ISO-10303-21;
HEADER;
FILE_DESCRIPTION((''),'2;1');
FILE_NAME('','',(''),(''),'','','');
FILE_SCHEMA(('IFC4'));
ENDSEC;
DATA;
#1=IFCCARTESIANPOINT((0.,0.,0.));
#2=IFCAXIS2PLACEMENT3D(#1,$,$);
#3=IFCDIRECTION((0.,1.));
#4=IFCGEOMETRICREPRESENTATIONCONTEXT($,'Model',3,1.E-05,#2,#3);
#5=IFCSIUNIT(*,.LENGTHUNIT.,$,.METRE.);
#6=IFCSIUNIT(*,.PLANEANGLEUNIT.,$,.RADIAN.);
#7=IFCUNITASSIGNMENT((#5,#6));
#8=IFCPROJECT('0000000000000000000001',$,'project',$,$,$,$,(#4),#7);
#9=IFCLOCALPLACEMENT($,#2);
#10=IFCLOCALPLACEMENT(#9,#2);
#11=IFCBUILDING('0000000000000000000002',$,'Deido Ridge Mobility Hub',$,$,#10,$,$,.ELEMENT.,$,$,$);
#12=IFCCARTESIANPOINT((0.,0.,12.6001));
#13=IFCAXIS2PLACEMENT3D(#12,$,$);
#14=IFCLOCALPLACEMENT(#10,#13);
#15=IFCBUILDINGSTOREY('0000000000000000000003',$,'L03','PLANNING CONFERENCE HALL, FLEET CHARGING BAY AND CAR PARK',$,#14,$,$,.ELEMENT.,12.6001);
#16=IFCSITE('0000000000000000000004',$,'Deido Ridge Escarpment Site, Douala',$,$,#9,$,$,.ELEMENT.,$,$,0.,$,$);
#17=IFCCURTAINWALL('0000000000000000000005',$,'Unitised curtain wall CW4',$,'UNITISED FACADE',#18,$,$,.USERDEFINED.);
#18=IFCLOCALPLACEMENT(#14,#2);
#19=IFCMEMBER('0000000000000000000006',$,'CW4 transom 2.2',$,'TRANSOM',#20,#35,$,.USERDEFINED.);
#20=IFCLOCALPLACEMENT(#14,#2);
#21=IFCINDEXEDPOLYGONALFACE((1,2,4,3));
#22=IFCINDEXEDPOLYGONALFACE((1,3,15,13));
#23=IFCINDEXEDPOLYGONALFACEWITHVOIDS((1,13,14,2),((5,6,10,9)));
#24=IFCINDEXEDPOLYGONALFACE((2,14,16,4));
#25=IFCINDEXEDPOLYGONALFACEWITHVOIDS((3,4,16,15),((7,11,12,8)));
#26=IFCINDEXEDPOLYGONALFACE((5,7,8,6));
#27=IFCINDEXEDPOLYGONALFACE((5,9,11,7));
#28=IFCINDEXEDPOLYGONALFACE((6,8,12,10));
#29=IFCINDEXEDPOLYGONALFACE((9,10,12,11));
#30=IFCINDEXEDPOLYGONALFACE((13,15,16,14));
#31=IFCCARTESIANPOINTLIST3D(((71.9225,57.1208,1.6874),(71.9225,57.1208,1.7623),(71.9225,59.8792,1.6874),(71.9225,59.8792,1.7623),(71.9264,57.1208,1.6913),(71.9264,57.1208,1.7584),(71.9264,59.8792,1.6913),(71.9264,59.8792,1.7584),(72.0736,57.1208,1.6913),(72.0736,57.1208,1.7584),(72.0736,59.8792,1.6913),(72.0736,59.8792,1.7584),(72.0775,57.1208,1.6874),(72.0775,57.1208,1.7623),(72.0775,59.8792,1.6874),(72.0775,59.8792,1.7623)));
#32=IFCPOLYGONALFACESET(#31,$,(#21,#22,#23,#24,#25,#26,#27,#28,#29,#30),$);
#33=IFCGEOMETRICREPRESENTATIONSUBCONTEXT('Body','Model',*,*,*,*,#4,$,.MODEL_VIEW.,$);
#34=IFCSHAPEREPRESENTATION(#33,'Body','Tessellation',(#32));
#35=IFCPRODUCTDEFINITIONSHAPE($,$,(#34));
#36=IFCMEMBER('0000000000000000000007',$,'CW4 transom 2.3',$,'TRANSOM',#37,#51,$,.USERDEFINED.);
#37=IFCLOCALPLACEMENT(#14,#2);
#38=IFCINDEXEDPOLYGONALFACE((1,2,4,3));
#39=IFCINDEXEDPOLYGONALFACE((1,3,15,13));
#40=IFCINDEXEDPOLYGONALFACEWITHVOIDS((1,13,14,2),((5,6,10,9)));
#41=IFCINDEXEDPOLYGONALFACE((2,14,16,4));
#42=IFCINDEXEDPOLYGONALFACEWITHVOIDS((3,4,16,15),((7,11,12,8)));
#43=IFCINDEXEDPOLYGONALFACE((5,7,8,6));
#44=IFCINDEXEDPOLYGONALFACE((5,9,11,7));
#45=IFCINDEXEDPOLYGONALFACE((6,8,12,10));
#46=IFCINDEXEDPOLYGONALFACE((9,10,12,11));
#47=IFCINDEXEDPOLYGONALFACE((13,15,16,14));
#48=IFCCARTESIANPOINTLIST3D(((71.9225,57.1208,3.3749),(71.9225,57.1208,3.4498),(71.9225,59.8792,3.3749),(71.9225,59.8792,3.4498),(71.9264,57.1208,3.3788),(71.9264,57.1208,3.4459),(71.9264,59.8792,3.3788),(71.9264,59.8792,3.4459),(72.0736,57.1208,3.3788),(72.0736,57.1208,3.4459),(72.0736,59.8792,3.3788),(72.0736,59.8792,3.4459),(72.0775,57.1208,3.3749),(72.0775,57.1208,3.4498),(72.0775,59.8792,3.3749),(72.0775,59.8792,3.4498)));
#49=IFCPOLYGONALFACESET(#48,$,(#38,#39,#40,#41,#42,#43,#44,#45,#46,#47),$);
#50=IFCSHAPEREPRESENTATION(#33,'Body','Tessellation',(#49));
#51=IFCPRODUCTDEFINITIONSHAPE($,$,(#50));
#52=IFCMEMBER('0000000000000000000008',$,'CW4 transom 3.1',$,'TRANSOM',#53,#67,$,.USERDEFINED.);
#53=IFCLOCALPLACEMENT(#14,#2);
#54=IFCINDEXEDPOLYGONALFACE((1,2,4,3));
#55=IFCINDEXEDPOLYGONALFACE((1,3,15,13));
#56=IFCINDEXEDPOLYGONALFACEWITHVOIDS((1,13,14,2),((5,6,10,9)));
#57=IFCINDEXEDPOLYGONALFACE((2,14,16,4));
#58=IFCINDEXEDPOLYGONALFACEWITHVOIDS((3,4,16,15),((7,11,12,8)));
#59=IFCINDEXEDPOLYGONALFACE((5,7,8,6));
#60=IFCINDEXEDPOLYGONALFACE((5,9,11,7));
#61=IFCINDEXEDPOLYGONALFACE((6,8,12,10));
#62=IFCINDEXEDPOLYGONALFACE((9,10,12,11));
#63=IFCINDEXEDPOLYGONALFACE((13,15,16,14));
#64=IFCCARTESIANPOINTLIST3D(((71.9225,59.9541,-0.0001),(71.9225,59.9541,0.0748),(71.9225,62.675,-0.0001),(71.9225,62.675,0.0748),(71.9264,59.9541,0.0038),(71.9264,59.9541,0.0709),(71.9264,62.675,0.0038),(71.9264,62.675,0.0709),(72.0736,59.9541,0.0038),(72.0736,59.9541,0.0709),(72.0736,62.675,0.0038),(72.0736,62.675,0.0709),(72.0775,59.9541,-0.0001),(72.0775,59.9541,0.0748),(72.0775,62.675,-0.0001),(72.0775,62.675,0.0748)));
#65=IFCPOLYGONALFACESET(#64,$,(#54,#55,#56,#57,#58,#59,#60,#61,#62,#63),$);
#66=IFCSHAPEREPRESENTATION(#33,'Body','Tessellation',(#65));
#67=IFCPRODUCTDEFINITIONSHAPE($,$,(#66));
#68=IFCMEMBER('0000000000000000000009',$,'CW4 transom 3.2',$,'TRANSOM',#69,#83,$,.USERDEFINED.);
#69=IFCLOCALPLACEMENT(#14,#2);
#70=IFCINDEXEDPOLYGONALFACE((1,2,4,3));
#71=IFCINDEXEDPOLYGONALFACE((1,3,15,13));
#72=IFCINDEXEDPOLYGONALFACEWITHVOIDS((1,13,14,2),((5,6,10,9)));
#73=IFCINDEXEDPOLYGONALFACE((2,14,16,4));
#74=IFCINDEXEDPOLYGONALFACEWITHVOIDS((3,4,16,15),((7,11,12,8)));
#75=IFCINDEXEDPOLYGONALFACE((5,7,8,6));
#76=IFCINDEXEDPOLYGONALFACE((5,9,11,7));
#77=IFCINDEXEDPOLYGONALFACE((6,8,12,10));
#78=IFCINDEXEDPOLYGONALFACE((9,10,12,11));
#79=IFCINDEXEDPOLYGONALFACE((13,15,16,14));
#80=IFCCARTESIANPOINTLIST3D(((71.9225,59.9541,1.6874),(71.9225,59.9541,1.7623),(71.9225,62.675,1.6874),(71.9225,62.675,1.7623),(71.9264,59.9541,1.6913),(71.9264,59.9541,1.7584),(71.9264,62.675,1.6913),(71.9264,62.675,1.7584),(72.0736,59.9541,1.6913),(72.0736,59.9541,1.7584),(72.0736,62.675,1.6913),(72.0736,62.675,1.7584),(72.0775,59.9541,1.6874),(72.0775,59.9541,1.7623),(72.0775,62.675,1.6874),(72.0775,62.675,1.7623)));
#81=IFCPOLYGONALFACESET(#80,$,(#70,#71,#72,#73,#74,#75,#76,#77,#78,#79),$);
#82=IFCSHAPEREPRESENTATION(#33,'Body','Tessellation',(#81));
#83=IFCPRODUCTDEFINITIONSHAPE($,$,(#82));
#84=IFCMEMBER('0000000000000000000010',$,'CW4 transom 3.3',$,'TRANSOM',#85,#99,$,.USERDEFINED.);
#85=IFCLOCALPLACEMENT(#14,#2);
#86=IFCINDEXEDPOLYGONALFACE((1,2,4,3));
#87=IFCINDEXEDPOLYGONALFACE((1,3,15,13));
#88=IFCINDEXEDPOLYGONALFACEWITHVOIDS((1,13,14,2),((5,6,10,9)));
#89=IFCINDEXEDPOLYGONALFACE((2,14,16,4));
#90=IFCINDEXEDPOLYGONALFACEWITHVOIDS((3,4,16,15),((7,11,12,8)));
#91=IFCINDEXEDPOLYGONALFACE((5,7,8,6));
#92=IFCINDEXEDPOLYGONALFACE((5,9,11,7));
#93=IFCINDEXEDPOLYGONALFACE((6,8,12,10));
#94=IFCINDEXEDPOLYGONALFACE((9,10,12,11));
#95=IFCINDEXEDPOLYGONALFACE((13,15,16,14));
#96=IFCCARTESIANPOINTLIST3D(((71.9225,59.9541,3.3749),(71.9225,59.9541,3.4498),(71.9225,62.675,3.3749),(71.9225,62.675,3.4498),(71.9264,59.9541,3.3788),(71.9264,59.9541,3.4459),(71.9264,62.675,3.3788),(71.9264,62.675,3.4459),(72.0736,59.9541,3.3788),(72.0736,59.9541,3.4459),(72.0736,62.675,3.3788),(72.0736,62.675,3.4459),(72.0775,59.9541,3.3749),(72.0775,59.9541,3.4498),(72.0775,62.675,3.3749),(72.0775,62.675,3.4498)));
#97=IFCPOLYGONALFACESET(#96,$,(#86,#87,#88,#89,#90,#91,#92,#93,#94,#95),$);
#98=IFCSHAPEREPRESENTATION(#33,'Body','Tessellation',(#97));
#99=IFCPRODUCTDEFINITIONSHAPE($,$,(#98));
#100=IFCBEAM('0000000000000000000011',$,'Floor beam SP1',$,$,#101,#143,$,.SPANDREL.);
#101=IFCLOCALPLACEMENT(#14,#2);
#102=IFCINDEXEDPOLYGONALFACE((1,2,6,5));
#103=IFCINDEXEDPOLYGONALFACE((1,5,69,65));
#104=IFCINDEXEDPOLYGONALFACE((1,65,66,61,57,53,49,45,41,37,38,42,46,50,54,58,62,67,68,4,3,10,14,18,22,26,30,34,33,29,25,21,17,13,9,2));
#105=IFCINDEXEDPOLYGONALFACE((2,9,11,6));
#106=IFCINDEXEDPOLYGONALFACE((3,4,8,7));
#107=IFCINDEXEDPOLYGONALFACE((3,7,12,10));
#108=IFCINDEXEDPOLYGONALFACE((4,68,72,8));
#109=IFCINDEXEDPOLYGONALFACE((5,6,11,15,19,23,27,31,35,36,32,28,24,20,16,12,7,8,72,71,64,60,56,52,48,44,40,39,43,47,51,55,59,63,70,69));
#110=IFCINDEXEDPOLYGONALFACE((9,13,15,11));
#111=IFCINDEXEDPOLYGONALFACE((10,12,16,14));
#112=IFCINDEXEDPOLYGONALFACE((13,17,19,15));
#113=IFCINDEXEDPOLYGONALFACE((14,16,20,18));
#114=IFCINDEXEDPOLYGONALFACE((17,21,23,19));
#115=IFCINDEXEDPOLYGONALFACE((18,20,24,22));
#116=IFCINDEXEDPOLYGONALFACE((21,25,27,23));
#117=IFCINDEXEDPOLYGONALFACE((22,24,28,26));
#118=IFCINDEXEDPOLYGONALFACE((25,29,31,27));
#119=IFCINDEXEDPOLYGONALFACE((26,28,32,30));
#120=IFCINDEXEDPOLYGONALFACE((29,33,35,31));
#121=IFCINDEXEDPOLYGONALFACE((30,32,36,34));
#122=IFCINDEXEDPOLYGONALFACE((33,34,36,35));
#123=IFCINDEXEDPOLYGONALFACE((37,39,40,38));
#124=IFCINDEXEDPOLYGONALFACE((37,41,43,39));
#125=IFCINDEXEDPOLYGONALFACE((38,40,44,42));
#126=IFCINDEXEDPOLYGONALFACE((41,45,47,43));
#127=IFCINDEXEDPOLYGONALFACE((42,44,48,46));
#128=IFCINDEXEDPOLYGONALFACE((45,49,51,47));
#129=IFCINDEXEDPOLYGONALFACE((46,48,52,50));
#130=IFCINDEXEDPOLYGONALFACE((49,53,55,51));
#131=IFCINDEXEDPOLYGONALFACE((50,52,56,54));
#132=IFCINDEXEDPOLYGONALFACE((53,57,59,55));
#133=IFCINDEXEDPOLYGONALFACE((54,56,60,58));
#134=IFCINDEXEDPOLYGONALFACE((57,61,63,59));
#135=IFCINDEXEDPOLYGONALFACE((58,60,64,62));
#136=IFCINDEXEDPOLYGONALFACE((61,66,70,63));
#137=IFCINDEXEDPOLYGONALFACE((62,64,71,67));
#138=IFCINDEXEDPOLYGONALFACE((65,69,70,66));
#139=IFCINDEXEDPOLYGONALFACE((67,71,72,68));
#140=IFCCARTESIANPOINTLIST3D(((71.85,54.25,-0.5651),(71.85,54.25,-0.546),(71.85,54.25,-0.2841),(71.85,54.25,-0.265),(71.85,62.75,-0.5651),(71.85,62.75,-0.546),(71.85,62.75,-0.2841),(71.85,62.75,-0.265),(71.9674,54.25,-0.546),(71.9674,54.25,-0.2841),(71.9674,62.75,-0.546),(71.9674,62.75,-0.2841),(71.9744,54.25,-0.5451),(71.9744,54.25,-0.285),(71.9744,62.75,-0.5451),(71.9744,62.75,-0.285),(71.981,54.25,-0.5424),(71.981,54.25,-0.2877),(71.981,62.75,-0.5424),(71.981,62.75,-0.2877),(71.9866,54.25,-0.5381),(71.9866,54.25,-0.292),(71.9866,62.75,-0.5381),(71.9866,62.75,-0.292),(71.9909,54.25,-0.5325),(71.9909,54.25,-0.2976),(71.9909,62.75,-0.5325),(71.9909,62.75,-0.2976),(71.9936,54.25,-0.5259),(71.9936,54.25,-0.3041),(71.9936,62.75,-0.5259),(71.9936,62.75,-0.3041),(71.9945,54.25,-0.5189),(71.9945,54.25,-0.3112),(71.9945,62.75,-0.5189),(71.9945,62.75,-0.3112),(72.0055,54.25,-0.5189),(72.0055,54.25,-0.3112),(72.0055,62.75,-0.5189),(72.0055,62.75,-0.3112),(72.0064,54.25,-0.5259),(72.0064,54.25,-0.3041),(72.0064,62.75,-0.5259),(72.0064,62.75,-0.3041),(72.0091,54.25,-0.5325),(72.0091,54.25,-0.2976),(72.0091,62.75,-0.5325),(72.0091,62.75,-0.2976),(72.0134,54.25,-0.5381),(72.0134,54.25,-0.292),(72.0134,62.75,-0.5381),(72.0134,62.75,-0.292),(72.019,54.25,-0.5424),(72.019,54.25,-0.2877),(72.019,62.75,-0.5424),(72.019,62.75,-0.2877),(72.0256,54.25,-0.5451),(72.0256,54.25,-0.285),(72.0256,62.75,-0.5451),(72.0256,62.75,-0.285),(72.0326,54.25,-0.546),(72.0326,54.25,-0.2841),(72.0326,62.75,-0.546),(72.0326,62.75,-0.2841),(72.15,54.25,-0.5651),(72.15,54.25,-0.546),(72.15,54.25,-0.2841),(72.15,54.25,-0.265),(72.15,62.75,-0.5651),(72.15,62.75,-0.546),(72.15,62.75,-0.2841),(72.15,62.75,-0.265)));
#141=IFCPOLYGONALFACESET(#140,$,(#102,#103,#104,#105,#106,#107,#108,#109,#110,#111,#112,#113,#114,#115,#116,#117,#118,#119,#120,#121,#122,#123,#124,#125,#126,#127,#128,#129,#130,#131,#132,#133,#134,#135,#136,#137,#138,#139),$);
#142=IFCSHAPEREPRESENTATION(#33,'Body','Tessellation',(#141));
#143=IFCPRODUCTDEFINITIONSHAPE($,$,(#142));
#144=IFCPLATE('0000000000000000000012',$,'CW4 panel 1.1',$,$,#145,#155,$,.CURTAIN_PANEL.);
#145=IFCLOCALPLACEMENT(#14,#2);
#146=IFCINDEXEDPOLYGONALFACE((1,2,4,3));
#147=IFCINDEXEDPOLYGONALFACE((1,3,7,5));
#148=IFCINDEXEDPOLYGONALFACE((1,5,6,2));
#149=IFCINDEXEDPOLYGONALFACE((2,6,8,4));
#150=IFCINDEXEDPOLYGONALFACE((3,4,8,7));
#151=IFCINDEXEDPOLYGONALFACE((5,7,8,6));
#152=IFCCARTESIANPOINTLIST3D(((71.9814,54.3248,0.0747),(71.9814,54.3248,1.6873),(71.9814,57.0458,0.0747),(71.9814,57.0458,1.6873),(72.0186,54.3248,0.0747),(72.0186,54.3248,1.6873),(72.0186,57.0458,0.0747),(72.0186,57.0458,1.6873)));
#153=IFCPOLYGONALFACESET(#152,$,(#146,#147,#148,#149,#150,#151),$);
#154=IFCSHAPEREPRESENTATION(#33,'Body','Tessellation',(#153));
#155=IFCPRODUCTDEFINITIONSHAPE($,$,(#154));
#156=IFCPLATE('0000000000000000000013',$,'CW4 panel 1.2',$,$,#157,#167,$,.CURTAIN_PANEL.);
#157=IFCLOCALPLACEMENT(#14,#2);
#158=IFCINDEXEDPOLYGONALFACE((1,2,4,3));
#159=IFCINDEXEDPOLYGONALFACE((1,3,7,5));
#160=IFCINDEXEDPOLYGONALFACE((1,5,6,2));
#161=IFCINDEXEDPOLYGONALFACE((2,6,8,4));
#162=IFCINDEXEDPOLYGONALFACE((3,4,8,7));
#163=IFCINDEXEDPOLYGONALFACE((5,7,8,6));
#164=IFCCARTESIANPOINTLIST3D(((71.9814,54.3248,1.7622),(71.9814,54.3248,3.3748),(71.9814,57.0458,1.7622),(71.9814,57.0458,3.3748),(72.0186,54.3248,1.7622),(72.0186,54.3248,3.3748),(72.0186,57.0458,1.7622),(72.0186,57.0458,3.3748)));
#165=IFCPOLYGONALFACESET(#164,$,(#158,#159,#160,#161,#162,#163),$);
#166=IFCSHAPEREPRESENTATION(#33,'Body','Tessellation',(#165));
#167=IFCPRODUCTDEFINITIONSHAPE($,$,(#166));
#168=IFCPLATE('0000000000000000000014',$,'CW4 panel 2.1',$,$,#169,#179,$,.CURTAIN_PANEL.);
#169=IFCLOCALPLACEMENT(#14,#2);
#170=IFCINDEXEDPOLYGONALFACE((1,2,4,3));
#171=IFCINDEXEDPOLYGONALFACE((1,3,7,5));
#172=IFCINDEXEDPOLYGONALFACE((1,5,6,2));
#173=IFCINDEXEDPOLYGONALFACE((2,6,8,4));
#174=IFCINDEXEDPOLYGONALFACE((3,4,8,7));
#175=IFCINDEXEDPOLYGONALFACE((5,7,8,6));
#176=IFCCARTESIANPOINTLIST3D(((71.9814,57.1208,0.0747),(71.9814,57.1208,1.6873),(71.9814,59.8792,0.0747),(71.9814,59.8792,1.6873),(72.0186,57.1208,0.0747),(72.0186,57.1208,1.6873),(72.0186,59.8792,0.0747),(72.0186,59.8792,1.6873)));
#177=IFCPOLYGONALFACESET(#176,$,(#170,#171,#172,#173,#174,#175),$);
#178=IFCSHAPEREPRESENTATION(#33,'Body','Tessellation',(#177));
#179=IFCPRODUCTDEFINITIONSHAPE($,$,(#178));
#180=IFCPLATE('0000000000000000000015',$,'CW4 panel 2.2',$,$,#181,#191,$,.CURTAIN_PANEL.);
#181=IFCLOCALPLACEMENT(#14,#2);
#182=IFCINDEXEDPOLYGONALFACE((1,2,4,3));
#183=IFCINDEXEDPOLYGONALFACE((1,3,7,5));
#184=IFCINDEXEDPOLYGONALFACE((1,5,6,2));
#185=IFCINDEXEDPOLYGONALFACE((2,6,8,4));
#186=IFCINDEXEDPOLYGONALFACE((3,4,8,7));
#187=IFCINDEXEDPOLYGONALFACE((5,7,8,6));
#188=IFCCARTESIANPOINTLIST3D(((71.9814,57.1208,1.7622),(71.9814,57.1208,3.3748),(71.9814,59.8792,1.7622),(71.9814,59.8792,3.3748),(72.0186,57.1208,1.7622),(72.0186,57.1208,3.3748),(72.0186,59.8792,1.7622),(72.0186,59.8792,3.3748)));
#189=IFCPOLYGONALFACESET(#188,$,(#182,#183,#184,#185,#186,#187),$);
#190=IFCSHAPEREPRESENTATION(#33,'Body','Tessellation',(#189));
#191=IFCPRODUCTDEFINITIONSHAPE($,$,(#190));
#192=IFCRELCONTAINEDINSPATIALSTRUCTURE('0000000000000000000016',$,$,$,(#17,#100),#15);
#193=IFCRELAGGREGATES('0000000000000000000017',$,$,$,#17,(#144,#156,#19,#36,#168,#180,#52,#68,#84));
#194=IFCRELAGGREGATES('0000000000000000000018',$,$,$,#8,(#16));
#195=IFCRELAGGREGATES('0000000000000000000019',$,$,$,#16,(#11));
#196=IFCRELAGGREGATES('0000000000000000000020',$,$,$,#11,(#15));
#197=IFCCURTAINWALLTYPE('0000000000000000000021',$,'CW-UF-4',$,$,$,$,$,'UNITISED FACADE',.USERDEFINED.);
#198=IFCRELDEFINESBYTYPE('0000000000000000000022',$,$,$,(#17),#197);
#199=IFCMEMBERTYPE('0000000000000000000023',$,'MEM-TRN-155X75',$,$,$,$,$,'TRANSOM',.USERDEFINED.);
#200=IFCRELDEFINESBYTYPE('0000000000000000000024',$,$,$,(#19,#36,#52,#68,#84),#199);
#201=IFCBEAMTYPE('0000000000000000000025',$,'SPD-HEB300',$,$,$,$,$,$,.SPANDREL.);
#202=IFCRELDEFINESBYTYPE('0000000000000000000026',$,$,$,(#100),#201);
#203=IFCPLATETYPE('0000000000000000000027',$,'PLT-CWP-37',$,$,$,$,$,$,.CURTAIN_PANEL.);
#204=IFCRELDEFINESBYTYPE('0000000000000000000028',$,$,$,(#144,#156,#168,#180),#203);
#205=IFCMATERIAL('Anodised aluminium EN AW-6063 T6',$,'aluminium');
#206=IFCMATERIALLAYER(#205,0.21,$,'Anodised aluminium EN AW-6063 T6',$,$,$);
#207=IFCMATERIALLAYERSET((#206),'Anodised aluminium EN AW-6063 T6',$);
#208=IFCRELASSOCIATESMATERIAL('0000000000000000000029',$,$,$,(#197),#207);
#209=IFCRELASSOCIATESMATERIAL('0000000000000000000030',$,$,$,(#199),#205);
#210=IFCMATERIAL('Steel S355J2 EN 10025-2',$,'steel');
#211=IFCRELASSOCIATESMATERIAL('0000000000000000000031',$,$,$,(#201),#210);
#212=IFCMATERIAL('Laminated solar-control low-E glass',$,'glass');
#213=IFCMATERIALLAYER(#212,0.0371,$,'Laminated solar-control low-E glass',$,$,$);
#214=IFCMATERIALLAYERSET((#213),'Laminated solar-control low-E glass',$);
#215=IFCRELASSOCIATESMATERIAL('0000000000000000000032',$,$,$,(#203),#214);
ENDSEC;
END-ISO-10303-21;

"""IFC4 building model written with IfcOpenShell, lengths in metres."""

from ifc_helpers import new_model, si_unit, direction, frame, origin, origin_2d, place, context, subcontext, project, spatial, rectangle, hollow_rectangle, i_section, extrude, material, layer, layer_set, material_profile, profile_set, type_object, element, aggregate, save


model = new_model("IFC4")

# Units and contexts
model_context = context("Model", 3, precision=1e-05, world=origin(), true_north=direction((0.0, 1.0)))
body_context = subcontext(model_context, "Body", "Model", "MODEL_VIEW")
ifc_project = project(units=[si_unit("LENGTHUNIT", "METRE"), si_unit("PLANEANGLEUNIT", "RADIAN")], contexts=[model_context])

# Site, building, storey
site_placement = place(None, origin())
site = spatial("IfcSite", under=ifc_project, at=site_placement, Name="Deido Ridge Escarpment Site, Douala", CompositionType="ELEMENT", RefElevation=0.0)
building_placement = place(site_placement, origin())
building = spatial("IfcBuilding", under=site, at=building_placement, Name="Deido Ridge Mobility Hub", CompositionType="ELEMENT")
storey_placement = place(building_placement, frame((0.0, 0.0, 12.6001)))
storey = spatial("IfcBuildingStorey", under=building, at=storey_placement, Name="L03", Description="PLANNING CONFERENCE HALL, FLEET CHARGING BAY AND CAR PARK", CompositionType="ELEMENT", Elevation=12.6001)

# Shared definitions
ifc_material_1 = material(Name="Steel S355J2 EN 10025-2", Category="steel")

# Curtain wall, members
ifc_material_2 = material(Name="Anodised aluminium EN AW-6063 T6", Category="aluminium")
ifc_layer_1 = layer(ifc_material_2, 0.21, Name="Anodised aluminium EN AW-6063 T6")
ifc_layer_set_1 = layer_set([ifc_layer_1], Name="Anodised aluminium EN AW-6063 T6")
curtain_wall_type = type_object("IfcCurtainWallType", Name="CW-UF-4", ElementType="UNITISED FACADE", PredefinedType="USERDEFINED", material=ifc_layer_set_1)
curtain_wall_placement = place(storey_placement, origin())
curtain_wall = element("IfcCurtainWall", 1, at=curtain_wall_placement, inside=storey, type_object=curtain_wall_type, Name="Unitised curtain wall CW4", ObjectType="UNITISED FACADE", PredefinedType="USERDEFINED")
ifc_material_profile_1 = material_profile(ifc_material_2, hollow_rectangle(XDim=0.155, YDim=0.075, WallThickness=0.0039, at=origin_2d()), Name="RHS 155x75x4")
ifc_profile_set_1 = profile_set([ifc_material_profile_1], Name="Anodised aluminium EN AW-6063 T6")
member_type_1 = type_object("IfcMemberType", Name="MEM-TRN-155X75", ElementType="TRANSOM", PredefinedType="USERDEFINED", material=ifc_profile_set_1)
member_1_placement = place(storey_placement, frame((72.0, 57.1208, 1.7249), z_axis=(0.0, 1.0, 0.0), x_axis=(-1.0, 0.0, 0.0)))
member_1 = element("IfcMember", 2, at=member_1_placement, type_object=member_type_1, Name="CW4 transom 2.2", ObjectType="TRANSOM", PredefinedType="USERDEFINED", context=body_context, shape_type="SweptSolid", body=[
    extrude(hollow_rectangle(XDim=0.155, YDim=0.075, WallThickness=0.0039, at=origin_2d()), origin(), (0.0, 0.0, 1.0), 2.7583),
])
member_2_placement = place(storey_placement, frame((72.0, 57.1208, 3.4124), z_axis=(0.0, 1.0, 0.0), x_axis=(-1.0, 0.0, 0.0)))
member_2 = element("IfcMember", 3, at=member_2_placement, type_object=member_type_1, Name="CW4 transom 2.3", ObjectType="TRANSOM", PredefinedType="USERDEFINED", context=body_context, shape_type="SweptSolid", body=[
    extrude(hollow_rectangle(XDim=0.155, YDim=0.075, WallThickness=0.0039, at=origin_2d()), origin(), (0.0, 0.0, 1.0), 2.7583),
])
member_3_placement = place(storey_placement, frame((72.0, 59.9541, 0.0374), z_axis=(0.0, 1.0, 0.0), x_axis=(-1.0, 0.0, 0.0)))
member_3 = element("IfcMember", 4, at=member_3_placement, type_object=member_type_1, Name="CW4 transom 3.1", ObjectType="TRANSOM", PredefinedType="USERDEFINED", context=body_context, shape_type="SweptSolid", body=[
    extrude(hollow_rectangle(XDim=0.155, YDim=0.075, WallThickness=0.0039, at=origin_2d()), origin(), (0.0, 0.0, 1.0), 2.7209),
])
member_4_placement = place(storey_placement, frame((72.0, 59.9541, 1.7249), z_axis=(0.0, 1.0, 0.0), x_axis=(-1.0, 0.0, 0.0)))
member_4 = element("IfcMember", 5, at=member_4_placement, type_object=member_type_1, Name="CW4 transom 3.2", ObjectType="TRANSOM", PredefinedType="USERDEFINED", context=body_context, shape_type="SweptSolid", body=[
    extrude(hollow_rectangle(XDim=0.155, YDim=0.075, WallThickness=0.0039, at=origin_2d()), origin(), (0.0, 0.0, 1.0), 2.7209),
])
member_5_placement = place(storey_placement, frame((72.0, 59.9541, 3.4124), z_axis=(0.0, 1.0, 0.0), x_axis=(-1.0, 0.0, 0.0)))
member_5 = element("IfcMember", 6, at=member_5_placement, type_object=member_type_1, Name="CW4 transom 3.3", ObjectType="TRANSOM", PredefinedType="USERDEFINED", context=body_context, shape_type="SweptSolid", body=[
    extrude(hollow_rectangle(XDim=0.155, YDim=0.075, WallThickness=0.0039, at=origin_2d()), origin(), (0.0, 0.0, 1.0), 2.7209),
])

# Beam
ifc_material_profile_2 = material_profile(ifc_material_1, i_section(OverallWidth=0.3, OverallDepth=0.3, WebThickness=0.011, FlangeThickness=0.019, FilletRadius=0.0271, at=origin_2d()), Name="HEB 300")
ifc_profile_set_2 = profile_set([ifc_material_profile_2], Name="Steel S355J2 EN 10025-2")
beam_type = type_object("IfcBeamType", Name="SPD-HEB300", PredefinedType="SPANDREL", material=ifc_profile_set_2)
beam_placement = place(storey_placement, frame((72.0, 54.25, -0.415), z_axis=(0.0, 1.0, 0.0), x_axis=(-1.0, 0.0, 0.0)))
element("IfcBeam", 7, at=beam_placement, inside=storey, type_object=beam_type, Name="Floor beam SP1", PredefinedType="SPANDREL", context=body_context, shape_type="SweptSolid", body=[
    extrude(i_section(OverallWidth=0.3, OverallDepth=0.3, WebThickness=0.011, FlangeThickness=0.019, FilletRadius=0.0271, at=origin_2d()), origin(), (0.0, 0.0, 1.0), 8.5),
])

# Plates
ifc_material_3 = material(Name="Laminated solar-control low-E glass", Category="glass")
ifc_layer_2 = layer(ifc_material_3, 0.0371, Name="Laminated solar-control low-E glass")
ifc_layer_set_2 = layer_set([ifc_layer_2], Name="Laminated solar-control low-E glass")
plate_type = type_object("IfcPlateType", Name="PLT-CWP-37", PredefinedType="CURTAIN_PANEL", material=ifc_layer_set_2)
plate_1_placement = place(storey_placement, frame((72.0, 55.6853, 0.0747), z_axis=(0.0, 0.0, 1.0), x_axis=(0.0, 1.0, 0.0)))
plate_1 = element("IfcPlate", 8, at=plate_1_placement, type_object=plate_type, Name="CW4 panel 1.1", PredefinedType="CURTAIN_PANEL", context=body_context, shape_type="SweptSolid", body=[
    extrude(rectangle(XDim=2.7209, YDim=0.0371, at=origin_2d()), origin(), (0.0, 0.0, 1.0), 1.6125),
])
plate_2_placement = place(storey_placement, frame((72.0, 55.6853, 1.7622), z_axis=(0.0, 0.0, 1.0), x_axis=(0.0, 1.0, 0.0)))
plate_2 = element("IfcPlate", 9, at=plate_2_placement, type_object=plate_type, Name="CW4 panel 1.2", PredefinedType="CURTAIN_PANEL", context=body_context, shape_type="SweptSolid", body=[
    extrude(rectangle(XDim=2.7209, YDim=0.0371, at=origin_2d()), origin(), (0.0, 0.0, 1.0), 1.6125),
])
plate_3_placement = place(storey_placement, frame((72.0, 58.5, 0.0747), z_axis=(0.0, 0.0, 1.0), x_axis=(0.0, 1.0, 0.0)))
plate_3 = element("IfcPlate", 10, at=plate_3_placement, type_object=plate_type, Name="CW4 panel 2.1", PredefinedType="CURTAIN_PANEL", context=body_context, shape_type="SweptSolid", body=[
    extrude(rectangle(XDim=2.7583, YDim=0.0371, at=origin_2d()), origin(), (0.0, 0.0, 1.0), 1.6125),
])
plate_4_placement = place(storey_placement, frame((72.0, 58.5, 1.7622), z_axis=(0.0, 0.0, 1.0), x_axis=(0.0, 1.0, 0.0)))
plate_4 = element("IfcPlate", 11, at=plate_4_placement, type_object=plate_type, Name="CW4 panel 2.2", PredefinedType="CURTAIN_PANEL", context=body_context, shape_type="SweptSolid", body=[
    extrude(rectangle(XDim=2.7583, YDim=0.0371, at=origin_2d()), origin(), (0.0, 0.0, 1.0), 1.6125),
])
aggregate(curtain_wall, [plate_1, plate_2, member_1, member_2, plate_3, plate_4, member_3, member_4, member_5])

save(model, "model.ifc")
